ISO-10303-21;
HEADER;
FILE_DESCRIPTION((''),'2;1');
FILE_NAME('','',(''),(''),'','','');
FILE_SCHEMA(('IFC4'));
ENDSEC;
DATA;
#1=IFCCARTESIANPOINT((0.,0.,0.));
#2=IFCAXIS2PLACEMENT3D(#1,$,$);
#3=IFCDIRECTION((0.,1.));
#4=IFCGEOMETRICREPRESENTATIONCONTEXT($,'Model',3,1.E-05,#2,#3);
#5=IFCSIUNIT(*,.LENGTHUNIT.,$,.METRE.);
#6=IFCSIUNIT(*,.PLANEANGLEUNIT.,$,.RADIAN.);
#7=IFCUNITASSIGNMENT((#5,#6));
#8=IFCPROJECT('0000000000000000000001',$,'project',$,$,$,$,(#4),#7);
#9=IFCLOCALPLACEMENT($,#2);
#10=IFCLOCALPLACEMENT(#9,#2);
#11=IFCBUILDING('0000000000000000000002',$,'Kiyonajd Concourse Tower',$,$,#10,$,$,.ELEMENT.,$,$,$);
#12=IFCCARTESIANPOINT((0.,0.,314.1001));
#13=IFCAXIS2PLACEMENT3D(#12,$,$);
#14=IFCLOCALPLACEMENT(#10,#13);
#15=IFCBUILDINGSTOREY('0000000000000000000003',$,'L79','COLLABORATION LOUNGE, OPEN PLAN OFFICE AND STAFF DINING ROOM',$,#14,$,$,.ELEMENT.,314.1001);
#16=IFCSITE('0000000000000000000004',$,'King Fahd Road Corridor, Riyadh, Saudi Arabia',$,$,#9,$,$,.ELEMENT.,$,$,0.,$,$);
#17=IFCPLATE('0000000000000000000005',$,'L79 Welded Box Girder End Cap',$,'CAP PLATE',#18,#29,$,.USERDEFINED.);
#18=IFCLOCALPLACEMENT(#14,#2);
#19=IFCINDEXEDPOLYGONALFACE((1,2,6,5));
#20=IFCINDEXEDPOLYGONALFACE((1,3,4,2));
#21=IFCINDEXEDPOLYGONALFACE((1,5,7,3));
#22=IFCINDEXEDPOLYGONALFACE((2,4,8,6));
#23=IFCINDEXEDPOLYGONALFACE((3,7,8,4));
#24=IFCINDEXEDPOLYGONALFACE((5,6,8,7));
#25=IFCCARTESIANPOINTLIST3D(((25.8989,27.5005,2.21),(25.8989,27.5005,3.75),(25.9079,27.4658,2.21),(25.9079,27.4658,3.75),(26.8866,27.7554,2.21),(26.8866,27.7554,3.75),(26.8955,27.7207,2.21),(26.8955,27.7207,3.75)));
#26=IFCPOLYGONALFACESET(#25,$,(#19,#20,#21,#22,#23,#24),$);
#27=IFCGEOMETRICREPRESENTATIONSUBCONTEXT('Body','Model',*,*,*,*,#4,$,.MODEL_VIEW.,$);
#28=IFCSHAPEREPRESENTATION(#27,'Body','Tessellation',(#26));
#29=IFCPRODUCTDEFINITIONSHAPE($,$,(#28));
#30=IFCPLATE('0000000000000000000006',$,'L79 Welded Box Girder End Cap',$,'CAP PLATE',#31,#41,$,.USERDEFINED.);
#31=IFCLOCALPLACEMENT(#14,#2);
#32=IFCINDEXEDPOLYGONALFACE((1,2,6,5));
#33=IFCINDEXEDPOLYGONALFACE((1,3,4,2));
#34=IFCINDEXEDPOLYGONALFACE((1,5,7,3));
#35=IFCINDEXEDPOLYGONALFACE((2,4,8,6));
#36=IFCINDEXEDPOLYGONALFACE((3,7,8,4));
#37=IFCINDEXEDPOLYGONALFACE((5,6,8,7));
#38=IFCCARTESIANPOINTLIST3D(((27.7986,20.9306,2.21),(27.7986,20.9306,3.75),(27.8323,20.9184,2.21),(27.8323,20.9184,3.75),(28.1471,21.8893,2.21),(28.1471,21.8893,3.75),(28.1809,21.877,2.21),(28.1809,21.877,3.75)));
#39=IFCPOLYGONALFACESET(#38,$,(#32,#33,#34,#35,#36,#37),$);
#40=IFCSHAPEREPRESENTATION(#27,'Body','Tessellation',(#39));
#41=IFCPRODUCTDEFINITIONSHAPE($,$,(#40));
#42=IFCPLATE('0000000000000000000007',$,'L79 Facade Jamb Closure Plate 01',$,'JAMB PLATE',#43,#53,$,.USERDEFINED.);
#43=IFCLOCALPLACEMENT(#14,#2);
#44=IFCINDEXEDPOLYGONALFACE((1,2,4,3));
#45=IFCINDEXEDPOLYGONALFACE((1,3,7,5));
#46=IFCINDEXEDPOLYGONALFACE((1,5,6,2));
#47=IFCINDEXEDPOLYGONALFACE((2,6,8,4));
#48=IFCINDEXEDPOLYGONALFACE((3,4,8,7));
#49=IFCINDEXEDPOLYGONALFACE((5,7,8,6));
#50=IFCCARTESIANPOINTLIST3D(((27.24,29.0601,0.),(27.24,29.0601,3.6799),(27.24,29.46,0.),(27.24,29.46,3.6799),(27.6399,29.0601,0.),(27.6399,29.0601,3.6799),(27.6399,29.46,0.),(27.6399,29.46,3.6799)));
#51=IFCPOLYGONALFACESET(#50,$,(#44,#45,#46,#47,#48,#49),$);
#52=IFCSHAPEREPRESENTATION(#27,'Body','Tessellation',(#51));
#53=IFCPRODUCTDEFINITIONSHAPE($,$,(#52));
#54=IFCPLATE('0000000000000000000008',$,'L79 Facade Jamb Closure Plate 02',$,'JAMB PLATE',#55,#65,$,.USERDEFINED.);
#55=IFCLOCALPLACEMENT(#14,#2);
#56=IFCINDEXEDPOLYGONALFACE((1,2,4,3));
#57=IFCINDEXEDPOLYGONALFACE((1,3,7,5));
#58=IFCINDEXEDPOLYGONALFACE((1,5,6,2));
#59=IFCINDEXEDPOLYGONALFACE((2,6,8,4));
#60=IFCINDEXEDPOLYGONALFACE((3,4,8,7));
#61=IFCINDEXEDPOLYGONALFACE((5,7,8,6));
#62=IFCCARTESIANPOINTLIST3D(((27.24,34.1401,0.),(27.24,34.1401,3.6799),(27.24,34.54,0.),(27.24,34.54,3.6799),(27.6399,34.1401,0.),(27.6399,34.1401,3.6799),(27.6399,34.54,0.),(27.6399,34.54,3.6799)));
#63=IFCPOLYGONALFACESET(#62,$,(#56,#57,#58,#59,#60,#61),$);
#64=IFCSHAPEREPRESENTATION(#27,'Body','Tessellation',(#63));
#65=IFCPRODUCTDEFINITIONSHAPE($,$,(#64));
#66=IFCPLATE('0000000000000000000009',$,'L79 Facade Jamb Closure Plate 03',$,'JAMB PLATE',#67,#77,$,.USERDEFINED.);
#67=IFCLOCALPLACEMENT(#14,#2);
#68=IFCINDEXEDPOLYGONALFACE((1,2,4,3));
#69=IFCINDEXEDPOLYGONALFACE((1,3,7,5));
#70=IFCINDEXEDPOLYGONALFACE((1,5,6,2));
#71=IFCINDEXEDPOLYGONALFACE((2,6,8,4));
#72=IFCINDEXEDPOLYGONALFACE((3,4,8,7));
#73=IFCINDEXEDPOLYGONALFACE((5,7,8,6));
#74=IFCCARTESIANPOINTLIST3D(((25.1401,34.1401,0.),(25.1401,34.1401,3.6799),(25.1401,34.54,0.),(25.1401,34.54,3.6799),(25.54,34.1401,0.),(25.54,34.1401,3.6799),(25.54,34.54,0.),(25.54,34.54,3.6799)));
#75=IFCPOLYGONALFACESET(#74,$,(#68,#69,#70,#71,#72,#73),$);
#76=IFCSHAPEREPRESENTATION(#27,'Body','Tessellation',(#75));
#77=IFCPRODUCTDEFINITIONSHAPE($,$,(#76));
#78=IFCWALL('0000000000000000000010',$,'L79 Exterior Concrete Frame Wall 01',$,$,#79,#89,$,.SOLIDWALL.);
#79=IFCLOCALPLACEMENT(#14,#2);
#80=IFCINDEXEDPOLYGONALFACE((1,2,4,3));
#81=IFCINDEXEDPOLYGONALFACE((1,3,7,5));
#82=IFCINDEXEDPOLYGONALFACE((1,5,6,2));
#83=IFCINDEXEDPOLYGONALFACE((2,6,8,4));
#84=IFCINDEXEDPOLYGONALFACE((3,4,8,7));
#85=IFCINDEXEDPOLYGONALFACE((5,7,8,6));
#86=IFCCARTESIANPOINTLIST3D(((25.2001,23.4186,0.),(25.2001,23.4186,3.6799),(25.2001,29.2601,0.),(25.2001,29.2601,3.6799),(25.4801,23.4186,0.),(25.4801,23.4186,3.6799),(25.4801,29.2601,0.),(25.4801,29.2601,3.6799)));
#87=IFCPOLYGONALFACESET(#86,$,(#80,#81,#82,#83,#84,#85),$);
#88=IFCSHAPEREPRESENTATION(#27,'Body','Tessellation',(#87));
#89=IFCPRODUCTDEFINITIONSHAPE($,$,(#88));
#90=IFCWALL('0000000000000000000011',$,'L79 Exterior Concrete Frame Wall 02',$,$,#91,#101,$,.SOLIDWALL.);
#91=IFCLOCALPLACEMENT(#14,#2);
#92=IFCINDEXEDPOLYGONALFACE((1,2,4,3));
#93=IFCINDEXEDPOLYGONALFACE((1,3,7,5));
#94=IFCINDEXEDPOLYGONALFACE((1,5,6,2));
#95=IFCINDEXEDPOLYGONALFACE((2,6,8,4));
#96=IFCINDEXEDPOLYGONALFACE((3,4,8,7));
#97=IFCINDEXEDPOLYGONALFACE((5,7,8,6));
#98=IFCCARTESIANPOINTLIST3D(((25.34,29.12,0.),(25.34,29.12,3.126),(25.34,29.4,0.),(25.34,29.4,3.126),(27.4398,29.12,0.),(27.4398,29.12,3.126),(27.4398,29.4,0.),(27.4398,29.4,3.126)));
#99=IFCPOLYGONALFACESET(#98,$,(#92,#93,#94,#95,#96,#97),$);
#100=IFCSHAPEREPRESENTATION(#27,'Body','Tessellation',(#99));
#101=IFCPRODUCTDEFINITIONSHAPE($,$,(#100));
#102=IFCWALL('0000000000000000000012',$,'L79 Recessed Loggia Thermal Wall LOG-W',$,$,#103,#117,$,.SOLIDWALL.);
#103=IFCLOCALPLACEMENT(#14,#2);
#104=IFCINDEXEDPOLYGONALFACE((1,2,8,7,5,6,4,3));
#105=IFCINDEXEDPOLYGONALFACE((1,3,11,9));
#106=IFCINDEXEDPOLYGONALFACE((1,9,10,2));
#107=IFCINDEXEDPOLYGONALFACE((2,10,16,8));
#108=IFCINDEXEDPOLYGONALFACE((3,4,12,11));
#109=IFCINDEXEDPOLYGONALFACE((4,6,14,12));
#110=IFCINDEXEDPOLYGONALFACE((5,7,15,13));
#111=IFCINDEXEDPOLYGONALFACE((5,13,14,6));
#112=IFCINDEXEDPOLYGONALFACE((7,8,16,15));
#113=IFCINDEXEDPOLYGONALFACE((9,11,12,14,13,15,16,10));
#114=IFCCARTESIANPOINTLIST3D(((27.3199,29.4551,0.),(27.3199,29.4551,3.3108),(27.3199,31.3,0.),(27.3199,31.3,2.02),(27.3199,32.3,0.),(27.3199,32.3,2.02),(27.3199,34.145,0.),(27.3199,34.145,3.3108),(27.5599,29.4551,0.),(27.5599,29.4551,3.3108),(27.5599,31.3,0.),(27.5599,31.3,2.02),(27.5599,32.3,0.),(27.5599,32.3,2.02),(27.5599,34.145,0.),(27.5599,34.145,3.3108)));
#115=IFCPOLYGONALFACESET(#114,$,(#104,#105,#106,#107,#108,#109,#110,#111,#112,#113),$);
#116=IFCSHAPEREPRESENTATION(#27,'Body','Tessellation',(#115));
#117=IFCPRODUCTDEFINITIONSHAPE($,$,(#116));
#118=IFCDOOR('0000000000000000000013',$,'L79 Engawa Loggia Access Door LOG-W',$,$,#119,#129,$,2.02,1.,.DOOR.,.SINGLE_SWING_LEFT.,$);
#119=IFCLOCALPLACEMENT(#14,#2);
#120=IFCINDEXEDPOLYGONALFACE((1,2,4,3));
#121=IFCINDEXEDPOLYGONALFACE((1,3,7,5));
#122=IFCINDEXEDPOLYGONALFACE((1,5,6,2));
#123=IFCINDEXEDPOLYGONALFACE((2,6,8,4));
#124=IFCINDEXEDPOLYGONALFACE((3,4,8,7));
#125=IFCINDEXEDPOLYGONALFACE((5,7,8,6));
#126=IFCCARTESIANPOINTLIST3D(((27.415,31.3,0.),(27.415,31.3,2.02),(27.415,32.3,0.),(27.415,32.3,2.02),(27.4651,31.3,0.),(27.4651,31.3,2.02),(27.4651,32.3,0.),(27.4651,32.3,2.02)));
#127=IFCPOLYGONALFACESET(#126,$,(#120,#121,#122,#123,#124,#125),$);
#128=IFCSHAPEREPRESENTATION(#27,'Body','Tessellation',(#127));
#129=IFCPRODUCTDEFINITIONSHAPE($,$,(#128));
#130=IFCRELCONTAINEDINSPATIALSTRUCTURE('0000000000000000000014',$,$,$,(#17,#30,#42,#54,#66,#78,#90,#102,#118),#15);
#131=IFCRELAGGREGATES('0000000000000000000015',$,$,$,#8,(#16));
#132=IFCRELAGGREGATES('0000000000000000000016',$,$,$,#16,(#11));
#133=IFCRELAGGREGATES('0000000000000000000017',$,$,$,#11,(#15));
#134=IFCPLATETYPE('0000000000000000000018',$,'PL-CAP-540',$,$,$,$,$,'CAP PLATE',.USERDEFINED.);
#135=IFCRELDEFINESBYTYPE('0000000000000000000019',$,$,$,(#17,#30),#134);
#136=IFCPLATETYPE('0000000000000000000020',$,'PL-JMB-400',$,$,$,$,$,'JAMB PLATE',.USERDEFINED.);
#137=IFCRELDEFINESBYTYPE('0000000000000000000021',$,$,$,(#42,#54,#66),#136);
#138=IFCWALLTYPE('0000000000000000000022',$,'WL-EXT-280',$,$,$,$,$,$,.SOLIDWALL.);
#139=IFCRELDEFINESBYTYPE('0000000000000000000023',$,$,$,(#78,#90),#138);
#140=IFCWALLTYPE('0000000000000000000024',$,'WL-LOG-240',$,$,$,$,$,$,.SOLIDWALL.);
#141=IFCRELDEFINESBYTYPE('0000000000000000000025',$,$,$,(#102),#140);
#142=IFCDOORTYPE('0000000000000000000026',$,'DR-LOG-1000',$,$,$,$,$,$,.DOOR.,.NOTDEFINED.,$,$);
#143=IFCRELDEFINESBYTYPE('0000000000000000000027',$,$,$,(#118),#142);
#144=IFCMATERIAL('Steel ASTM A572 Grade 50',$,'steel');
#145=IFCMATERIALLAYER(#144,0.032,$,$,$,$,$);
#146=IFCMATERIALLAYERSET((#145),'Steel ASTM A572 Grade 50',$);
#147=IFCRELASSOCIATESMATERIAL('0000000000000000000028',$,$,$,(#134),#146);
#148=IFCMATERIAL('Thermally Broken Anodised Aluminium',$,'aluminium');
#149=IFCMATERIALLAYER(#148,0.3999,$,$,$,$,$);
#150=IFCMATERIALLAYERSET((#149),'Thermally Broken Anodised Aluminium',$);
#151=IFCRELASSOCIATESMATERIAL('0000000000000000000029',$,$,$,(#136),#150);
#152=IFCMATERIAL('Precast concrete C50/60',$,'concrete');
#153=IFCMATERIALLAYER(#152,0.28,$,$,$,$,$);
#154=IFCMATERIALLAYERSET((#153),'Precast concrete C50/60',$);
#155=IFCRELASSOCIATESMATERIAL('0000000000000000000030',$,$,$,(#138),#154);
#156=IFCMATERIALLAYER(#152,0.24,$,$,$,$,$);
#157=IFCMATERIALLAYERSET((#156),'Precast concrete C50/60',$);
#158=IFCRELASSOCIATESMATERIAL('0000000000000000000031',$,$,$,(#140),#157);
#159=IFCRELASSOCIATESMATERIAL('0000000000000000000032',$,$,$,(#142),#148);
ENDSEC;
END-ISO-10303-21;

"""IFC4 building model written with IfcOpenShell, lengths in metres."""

from ifc_helpers import new_model, si_unit, direction, frame, frame_2d, origin, origin_2d, place, context, subcontext, project, spatial, rectangle, extrude, material, layer, layer_set, type_object, element, fill, save


model = new_model("IFC4")

# Units and contexts
model_context = context("Model", 3, precision=1e-05, world=origin(), true_north=direction((0.0, 1.0)))
body_context = subcontext(model_context, "Body", "Model", "MODEL_VIEW")
ifc_project = project(units=[si_unit("LENGTHUNIT", "METRE"), si_unit("PLANEANGLEUNIT", "RADIAN")], contexts=[model_context])

# Site, building, storey
site_placement = place(None, origin())
site = spatial("IfcSite", under=ifc_project, at=site_placement, Name="King Fahd Road Corridor, Riyadh, Saudi Arabia", CompositionType="ELEMENT", RefElevation=0.0)
building_placement = place(site_placement, origin())
building = spatial("IfcBuilding", under=site, at=building_placement, Name="Kiyonajd Concourse Tower", CompositionType="ELEMENT")
storey_placement = place(building_placement, frame((0.0, 0.0, 314.1001)))
storey = spatial("IfcBuildingStorey", under=building, at=storey_placement, Name="L79", Description="COLLABORATION LOUNGE, OPEN PLAN OFFICE AND STAFF DINING ROOM", CompositionType="ELEMENT", Elevation=314.1001)

# Shared definitions
ifc_material_1 = material(Name="Steel ASTM A572 Grade 50", Category="steel")

# Plates
ifc_layer_1 = layer(ifc_material_1, 0.032)
ifc_layer_set_1 = layer_set([ifc_layer_1], Name="Steel ASTM A572 Grade 50")
plate_type_1 = type_object("IfcPlateType", Name="PL-CAP-540", ElementType="CAP PLATE", PredefinedType="USERDEFINED", material=ifc_layer_set_1)
for number, where, z_axis, x_axis, name in (
    (1, (26.3972, 27.6106, 2.21), (0.0, 0.0, 1.0), (-0.249873, 0.968279, 0.0), "L79 Welded Box Girder End Cap"),
    (2, (27.9897, 21.4038, 2.21), (0.0, 0.0, 1.0), (-0.939812, 0.341692, 0.0), "L79 Welded Box Girder End Cap"),
):
    element("IfcPlate", number, at=place(storey_placement, frame(where, z_axis=z_axis, x_axis=x_axis)), inside=storey, type_object=plate_type_1, Name=name, ObjectType="CAP PLATE", PredefinedType="USERDEFINED", context=body_context, shape_type="SweptSolid", body=[
        extrude(rectangle(XDim=0.0359, YDim=1.02, at=origin_2d()), origin(), (0.0, 0.0, 1.0), 1.54),
    ])
ifc_material_2 = material(Name="Thermally Broken Anodised Aluminium", Category="aluminium")
ifc_layer_2 = layer(ifc_material_2, 0.3999)
ifc_layer_set_2 = layer_set([ifc_layer_2], Name="Thermally Broken Anodised Aluminium")
plate_type_2 = type_object("IfcPlateType", Name="PL-JMB-400", ElementType="JAMB PLATE", PredefinedType="USERDEFINED", material=ifc_layer_set_2)
for number, where, z_axis, x_axis, name in (
    (3, (27.4399, 29.26, 0.0), (0.0, 0.0, 1.0), (1.0, 0.0, 0.0), "L79 Facade Jamb Closure Plate 01"),
    (4, (27.4399, 34.3401, 0.0), (0.0, 0.0, 1.0), (1.0, 0.0, 0.0), "L79 Facade Jamb Closure Plate 02"),
    (5, (25.3401, 34.3401, 0.0), (0.0, 0.0, 1.0), (1.0, 0.0, 0.0), "L79 Facade Jamb Closure Plate 03"),
):
    element("IfcPlate", number, at=place(storey_placement, frame(where, z_axis=z_axis, x_axis=x_axis)), inside=storey, type_object=plate_type_2, Name=name, ObjectType="JAMB PLATE", PredefinedType="USERDEFINED", context=body_context, shape_type="SweptSolid", body=[
        extrude(rectangle(XDim=0.3999, YDim=0.3999, at=origin_2d()), origin(), (0.0, 0.0, 1.0), 3.6799),
    ])

# Walls
ifc_material_3 = material(Name="Precast concrete C50/60", Category="concrete")
ifc_layer_3 = layer(ifc_material_3, 0.28)
ifc_layer_set_3 = layer_set([ifc_layer_3], Name="Precast concrete C50/60")
wall_type_1 = type_object("IfcWallType", Name="WL-EXT-280", PredefinedType="SOLIDWALL", material=ifc_layer_set_3)
wall_1_placement = place(storey_placement, frame((25.3401, 23.4185, 0.0), z_axis=(0.0, 0.0, 1.0), x_axis=(0.0, 1.0, 0.0)))
element("IfcWall", 6, at=wall_1_placement, inside=storey, type_object=wall_type_1, Name="L79 Exterior Concrete Frame Wall 01", PredefinedType="SOLIDWALL", context=body_context, shape_type="SweptSolid", body=[
    extrude(rectangle(XDim=5.8416, YDim=0.28, at=frame_2d((2.9209, 0.0))), origin(), (0.0, 0.0, 1.0), 3.6799),
])
wall_2_placement = place(storey_placement, frame((25.3401, 29.26, 0.0), z_axis=(0.0, 0.0, 1.0), x_axis=(1.0, 0.0, 0.0)))
element("IfcWall", 7, at=wall_2_placement, inside=storey, type_object=wall_type_1, Name="L79 Exterior Concrete Frame Wall 02", PredefinedType="SOLIDWALL", context=body_context, shape_type="SweptSolid", body=[
    extrude(rectangle(XDim=2.0999, YDim=0.28, at=frame_2d((1.0498, 0.0))), origin(), (0.0, 0.0, 1.0), 3.126),
])

# Wall, opening, door
ifc_layer_4 = layer(ifc_material_3, 0.24)
ifc_layer_set_4 = layer_set([ifc_layer_4], Name="Precast concrete C50/60")
wall_type_2 = type_object("IfcWallType", Name="WL-LOG-240", PredefinedType="SOLIDWALL", material=ifc_layer_set_4)
wall_3_placement = place(storey_placement, frame((27.4399, 29.4551, 0.0), z_axis=(0.0, 0.0, 1.0), x_axis=(0.0, 1.0, 0.0)))
wall_3 = element("IfcWall", 8, at=wall_3_placement, inside=storey, type_object=wall_type_2, Name="L79 Recessed Loggia Thermal Wall LOG-W", PredefinedType="SOLIDWALL", context=body_context, shape_type="SweptSolid", body=[
    extrude(rectangle(XDim=4.6899, YDim=0.24, at=frame_2d((2.345, 0.0))), origin(), (0.0, 0.0, 1.0), 3.3108),
])
opening_1_placement = place(wall_3_placement, frame((1.845, 0.0, 0.0)))
opening_1 = element("IfcOpeningElement", 9, at=opening_1_placement, cuts=wall_3, PredefinedType="OPENING", context=body_context, shape_type="SweptSolid", body=[
    extrude(rectangle(XDim=1.0, YDim=2.02, at=frame_2d((0.5, 1.01))), frame((0.0, 0.1299, 0.0), z_axis=(0.0, -1.0, 0.0), x_axis=(1.0, 0.0, 0.0)), (0.0, 0.0, 1.0), 0.26),
])
door_type_1 = type_object("IfcDoorType", Name="DR-LOG-1000", OperationType="NOTDEFINED", PredefinedType="DOOR", material=ifc_material_2)
door_1_placement = place(opening_1_placement, origin())
door_1 = element("IfcDoor", 10, at=door_1_placement, inside=storey, type_object=door_type_1, Name="L79 Engawa Loggia Access Door LOG-W", OperationType="SINGLE_SWING_LEFT", OverallHeight=2.02, OverallWidth=1.0, PredefinedType="DOOR", context=body_context, shape_type="SweptSolid", body=[
    extrude(rectangle(XDim=1.0, YDim=2.02, at=frame_2d((0.5, 1.01))), frame((0.0, 0.0249, 0.0), z_axis=(0.0, -1.0, 0.0), x_axis=(1.0, 0.0, 0.0)), (0.0, 0.0, 1.0), 0.05),
])
fill(opening_1, door_1)

save(model, "model.ifc")
